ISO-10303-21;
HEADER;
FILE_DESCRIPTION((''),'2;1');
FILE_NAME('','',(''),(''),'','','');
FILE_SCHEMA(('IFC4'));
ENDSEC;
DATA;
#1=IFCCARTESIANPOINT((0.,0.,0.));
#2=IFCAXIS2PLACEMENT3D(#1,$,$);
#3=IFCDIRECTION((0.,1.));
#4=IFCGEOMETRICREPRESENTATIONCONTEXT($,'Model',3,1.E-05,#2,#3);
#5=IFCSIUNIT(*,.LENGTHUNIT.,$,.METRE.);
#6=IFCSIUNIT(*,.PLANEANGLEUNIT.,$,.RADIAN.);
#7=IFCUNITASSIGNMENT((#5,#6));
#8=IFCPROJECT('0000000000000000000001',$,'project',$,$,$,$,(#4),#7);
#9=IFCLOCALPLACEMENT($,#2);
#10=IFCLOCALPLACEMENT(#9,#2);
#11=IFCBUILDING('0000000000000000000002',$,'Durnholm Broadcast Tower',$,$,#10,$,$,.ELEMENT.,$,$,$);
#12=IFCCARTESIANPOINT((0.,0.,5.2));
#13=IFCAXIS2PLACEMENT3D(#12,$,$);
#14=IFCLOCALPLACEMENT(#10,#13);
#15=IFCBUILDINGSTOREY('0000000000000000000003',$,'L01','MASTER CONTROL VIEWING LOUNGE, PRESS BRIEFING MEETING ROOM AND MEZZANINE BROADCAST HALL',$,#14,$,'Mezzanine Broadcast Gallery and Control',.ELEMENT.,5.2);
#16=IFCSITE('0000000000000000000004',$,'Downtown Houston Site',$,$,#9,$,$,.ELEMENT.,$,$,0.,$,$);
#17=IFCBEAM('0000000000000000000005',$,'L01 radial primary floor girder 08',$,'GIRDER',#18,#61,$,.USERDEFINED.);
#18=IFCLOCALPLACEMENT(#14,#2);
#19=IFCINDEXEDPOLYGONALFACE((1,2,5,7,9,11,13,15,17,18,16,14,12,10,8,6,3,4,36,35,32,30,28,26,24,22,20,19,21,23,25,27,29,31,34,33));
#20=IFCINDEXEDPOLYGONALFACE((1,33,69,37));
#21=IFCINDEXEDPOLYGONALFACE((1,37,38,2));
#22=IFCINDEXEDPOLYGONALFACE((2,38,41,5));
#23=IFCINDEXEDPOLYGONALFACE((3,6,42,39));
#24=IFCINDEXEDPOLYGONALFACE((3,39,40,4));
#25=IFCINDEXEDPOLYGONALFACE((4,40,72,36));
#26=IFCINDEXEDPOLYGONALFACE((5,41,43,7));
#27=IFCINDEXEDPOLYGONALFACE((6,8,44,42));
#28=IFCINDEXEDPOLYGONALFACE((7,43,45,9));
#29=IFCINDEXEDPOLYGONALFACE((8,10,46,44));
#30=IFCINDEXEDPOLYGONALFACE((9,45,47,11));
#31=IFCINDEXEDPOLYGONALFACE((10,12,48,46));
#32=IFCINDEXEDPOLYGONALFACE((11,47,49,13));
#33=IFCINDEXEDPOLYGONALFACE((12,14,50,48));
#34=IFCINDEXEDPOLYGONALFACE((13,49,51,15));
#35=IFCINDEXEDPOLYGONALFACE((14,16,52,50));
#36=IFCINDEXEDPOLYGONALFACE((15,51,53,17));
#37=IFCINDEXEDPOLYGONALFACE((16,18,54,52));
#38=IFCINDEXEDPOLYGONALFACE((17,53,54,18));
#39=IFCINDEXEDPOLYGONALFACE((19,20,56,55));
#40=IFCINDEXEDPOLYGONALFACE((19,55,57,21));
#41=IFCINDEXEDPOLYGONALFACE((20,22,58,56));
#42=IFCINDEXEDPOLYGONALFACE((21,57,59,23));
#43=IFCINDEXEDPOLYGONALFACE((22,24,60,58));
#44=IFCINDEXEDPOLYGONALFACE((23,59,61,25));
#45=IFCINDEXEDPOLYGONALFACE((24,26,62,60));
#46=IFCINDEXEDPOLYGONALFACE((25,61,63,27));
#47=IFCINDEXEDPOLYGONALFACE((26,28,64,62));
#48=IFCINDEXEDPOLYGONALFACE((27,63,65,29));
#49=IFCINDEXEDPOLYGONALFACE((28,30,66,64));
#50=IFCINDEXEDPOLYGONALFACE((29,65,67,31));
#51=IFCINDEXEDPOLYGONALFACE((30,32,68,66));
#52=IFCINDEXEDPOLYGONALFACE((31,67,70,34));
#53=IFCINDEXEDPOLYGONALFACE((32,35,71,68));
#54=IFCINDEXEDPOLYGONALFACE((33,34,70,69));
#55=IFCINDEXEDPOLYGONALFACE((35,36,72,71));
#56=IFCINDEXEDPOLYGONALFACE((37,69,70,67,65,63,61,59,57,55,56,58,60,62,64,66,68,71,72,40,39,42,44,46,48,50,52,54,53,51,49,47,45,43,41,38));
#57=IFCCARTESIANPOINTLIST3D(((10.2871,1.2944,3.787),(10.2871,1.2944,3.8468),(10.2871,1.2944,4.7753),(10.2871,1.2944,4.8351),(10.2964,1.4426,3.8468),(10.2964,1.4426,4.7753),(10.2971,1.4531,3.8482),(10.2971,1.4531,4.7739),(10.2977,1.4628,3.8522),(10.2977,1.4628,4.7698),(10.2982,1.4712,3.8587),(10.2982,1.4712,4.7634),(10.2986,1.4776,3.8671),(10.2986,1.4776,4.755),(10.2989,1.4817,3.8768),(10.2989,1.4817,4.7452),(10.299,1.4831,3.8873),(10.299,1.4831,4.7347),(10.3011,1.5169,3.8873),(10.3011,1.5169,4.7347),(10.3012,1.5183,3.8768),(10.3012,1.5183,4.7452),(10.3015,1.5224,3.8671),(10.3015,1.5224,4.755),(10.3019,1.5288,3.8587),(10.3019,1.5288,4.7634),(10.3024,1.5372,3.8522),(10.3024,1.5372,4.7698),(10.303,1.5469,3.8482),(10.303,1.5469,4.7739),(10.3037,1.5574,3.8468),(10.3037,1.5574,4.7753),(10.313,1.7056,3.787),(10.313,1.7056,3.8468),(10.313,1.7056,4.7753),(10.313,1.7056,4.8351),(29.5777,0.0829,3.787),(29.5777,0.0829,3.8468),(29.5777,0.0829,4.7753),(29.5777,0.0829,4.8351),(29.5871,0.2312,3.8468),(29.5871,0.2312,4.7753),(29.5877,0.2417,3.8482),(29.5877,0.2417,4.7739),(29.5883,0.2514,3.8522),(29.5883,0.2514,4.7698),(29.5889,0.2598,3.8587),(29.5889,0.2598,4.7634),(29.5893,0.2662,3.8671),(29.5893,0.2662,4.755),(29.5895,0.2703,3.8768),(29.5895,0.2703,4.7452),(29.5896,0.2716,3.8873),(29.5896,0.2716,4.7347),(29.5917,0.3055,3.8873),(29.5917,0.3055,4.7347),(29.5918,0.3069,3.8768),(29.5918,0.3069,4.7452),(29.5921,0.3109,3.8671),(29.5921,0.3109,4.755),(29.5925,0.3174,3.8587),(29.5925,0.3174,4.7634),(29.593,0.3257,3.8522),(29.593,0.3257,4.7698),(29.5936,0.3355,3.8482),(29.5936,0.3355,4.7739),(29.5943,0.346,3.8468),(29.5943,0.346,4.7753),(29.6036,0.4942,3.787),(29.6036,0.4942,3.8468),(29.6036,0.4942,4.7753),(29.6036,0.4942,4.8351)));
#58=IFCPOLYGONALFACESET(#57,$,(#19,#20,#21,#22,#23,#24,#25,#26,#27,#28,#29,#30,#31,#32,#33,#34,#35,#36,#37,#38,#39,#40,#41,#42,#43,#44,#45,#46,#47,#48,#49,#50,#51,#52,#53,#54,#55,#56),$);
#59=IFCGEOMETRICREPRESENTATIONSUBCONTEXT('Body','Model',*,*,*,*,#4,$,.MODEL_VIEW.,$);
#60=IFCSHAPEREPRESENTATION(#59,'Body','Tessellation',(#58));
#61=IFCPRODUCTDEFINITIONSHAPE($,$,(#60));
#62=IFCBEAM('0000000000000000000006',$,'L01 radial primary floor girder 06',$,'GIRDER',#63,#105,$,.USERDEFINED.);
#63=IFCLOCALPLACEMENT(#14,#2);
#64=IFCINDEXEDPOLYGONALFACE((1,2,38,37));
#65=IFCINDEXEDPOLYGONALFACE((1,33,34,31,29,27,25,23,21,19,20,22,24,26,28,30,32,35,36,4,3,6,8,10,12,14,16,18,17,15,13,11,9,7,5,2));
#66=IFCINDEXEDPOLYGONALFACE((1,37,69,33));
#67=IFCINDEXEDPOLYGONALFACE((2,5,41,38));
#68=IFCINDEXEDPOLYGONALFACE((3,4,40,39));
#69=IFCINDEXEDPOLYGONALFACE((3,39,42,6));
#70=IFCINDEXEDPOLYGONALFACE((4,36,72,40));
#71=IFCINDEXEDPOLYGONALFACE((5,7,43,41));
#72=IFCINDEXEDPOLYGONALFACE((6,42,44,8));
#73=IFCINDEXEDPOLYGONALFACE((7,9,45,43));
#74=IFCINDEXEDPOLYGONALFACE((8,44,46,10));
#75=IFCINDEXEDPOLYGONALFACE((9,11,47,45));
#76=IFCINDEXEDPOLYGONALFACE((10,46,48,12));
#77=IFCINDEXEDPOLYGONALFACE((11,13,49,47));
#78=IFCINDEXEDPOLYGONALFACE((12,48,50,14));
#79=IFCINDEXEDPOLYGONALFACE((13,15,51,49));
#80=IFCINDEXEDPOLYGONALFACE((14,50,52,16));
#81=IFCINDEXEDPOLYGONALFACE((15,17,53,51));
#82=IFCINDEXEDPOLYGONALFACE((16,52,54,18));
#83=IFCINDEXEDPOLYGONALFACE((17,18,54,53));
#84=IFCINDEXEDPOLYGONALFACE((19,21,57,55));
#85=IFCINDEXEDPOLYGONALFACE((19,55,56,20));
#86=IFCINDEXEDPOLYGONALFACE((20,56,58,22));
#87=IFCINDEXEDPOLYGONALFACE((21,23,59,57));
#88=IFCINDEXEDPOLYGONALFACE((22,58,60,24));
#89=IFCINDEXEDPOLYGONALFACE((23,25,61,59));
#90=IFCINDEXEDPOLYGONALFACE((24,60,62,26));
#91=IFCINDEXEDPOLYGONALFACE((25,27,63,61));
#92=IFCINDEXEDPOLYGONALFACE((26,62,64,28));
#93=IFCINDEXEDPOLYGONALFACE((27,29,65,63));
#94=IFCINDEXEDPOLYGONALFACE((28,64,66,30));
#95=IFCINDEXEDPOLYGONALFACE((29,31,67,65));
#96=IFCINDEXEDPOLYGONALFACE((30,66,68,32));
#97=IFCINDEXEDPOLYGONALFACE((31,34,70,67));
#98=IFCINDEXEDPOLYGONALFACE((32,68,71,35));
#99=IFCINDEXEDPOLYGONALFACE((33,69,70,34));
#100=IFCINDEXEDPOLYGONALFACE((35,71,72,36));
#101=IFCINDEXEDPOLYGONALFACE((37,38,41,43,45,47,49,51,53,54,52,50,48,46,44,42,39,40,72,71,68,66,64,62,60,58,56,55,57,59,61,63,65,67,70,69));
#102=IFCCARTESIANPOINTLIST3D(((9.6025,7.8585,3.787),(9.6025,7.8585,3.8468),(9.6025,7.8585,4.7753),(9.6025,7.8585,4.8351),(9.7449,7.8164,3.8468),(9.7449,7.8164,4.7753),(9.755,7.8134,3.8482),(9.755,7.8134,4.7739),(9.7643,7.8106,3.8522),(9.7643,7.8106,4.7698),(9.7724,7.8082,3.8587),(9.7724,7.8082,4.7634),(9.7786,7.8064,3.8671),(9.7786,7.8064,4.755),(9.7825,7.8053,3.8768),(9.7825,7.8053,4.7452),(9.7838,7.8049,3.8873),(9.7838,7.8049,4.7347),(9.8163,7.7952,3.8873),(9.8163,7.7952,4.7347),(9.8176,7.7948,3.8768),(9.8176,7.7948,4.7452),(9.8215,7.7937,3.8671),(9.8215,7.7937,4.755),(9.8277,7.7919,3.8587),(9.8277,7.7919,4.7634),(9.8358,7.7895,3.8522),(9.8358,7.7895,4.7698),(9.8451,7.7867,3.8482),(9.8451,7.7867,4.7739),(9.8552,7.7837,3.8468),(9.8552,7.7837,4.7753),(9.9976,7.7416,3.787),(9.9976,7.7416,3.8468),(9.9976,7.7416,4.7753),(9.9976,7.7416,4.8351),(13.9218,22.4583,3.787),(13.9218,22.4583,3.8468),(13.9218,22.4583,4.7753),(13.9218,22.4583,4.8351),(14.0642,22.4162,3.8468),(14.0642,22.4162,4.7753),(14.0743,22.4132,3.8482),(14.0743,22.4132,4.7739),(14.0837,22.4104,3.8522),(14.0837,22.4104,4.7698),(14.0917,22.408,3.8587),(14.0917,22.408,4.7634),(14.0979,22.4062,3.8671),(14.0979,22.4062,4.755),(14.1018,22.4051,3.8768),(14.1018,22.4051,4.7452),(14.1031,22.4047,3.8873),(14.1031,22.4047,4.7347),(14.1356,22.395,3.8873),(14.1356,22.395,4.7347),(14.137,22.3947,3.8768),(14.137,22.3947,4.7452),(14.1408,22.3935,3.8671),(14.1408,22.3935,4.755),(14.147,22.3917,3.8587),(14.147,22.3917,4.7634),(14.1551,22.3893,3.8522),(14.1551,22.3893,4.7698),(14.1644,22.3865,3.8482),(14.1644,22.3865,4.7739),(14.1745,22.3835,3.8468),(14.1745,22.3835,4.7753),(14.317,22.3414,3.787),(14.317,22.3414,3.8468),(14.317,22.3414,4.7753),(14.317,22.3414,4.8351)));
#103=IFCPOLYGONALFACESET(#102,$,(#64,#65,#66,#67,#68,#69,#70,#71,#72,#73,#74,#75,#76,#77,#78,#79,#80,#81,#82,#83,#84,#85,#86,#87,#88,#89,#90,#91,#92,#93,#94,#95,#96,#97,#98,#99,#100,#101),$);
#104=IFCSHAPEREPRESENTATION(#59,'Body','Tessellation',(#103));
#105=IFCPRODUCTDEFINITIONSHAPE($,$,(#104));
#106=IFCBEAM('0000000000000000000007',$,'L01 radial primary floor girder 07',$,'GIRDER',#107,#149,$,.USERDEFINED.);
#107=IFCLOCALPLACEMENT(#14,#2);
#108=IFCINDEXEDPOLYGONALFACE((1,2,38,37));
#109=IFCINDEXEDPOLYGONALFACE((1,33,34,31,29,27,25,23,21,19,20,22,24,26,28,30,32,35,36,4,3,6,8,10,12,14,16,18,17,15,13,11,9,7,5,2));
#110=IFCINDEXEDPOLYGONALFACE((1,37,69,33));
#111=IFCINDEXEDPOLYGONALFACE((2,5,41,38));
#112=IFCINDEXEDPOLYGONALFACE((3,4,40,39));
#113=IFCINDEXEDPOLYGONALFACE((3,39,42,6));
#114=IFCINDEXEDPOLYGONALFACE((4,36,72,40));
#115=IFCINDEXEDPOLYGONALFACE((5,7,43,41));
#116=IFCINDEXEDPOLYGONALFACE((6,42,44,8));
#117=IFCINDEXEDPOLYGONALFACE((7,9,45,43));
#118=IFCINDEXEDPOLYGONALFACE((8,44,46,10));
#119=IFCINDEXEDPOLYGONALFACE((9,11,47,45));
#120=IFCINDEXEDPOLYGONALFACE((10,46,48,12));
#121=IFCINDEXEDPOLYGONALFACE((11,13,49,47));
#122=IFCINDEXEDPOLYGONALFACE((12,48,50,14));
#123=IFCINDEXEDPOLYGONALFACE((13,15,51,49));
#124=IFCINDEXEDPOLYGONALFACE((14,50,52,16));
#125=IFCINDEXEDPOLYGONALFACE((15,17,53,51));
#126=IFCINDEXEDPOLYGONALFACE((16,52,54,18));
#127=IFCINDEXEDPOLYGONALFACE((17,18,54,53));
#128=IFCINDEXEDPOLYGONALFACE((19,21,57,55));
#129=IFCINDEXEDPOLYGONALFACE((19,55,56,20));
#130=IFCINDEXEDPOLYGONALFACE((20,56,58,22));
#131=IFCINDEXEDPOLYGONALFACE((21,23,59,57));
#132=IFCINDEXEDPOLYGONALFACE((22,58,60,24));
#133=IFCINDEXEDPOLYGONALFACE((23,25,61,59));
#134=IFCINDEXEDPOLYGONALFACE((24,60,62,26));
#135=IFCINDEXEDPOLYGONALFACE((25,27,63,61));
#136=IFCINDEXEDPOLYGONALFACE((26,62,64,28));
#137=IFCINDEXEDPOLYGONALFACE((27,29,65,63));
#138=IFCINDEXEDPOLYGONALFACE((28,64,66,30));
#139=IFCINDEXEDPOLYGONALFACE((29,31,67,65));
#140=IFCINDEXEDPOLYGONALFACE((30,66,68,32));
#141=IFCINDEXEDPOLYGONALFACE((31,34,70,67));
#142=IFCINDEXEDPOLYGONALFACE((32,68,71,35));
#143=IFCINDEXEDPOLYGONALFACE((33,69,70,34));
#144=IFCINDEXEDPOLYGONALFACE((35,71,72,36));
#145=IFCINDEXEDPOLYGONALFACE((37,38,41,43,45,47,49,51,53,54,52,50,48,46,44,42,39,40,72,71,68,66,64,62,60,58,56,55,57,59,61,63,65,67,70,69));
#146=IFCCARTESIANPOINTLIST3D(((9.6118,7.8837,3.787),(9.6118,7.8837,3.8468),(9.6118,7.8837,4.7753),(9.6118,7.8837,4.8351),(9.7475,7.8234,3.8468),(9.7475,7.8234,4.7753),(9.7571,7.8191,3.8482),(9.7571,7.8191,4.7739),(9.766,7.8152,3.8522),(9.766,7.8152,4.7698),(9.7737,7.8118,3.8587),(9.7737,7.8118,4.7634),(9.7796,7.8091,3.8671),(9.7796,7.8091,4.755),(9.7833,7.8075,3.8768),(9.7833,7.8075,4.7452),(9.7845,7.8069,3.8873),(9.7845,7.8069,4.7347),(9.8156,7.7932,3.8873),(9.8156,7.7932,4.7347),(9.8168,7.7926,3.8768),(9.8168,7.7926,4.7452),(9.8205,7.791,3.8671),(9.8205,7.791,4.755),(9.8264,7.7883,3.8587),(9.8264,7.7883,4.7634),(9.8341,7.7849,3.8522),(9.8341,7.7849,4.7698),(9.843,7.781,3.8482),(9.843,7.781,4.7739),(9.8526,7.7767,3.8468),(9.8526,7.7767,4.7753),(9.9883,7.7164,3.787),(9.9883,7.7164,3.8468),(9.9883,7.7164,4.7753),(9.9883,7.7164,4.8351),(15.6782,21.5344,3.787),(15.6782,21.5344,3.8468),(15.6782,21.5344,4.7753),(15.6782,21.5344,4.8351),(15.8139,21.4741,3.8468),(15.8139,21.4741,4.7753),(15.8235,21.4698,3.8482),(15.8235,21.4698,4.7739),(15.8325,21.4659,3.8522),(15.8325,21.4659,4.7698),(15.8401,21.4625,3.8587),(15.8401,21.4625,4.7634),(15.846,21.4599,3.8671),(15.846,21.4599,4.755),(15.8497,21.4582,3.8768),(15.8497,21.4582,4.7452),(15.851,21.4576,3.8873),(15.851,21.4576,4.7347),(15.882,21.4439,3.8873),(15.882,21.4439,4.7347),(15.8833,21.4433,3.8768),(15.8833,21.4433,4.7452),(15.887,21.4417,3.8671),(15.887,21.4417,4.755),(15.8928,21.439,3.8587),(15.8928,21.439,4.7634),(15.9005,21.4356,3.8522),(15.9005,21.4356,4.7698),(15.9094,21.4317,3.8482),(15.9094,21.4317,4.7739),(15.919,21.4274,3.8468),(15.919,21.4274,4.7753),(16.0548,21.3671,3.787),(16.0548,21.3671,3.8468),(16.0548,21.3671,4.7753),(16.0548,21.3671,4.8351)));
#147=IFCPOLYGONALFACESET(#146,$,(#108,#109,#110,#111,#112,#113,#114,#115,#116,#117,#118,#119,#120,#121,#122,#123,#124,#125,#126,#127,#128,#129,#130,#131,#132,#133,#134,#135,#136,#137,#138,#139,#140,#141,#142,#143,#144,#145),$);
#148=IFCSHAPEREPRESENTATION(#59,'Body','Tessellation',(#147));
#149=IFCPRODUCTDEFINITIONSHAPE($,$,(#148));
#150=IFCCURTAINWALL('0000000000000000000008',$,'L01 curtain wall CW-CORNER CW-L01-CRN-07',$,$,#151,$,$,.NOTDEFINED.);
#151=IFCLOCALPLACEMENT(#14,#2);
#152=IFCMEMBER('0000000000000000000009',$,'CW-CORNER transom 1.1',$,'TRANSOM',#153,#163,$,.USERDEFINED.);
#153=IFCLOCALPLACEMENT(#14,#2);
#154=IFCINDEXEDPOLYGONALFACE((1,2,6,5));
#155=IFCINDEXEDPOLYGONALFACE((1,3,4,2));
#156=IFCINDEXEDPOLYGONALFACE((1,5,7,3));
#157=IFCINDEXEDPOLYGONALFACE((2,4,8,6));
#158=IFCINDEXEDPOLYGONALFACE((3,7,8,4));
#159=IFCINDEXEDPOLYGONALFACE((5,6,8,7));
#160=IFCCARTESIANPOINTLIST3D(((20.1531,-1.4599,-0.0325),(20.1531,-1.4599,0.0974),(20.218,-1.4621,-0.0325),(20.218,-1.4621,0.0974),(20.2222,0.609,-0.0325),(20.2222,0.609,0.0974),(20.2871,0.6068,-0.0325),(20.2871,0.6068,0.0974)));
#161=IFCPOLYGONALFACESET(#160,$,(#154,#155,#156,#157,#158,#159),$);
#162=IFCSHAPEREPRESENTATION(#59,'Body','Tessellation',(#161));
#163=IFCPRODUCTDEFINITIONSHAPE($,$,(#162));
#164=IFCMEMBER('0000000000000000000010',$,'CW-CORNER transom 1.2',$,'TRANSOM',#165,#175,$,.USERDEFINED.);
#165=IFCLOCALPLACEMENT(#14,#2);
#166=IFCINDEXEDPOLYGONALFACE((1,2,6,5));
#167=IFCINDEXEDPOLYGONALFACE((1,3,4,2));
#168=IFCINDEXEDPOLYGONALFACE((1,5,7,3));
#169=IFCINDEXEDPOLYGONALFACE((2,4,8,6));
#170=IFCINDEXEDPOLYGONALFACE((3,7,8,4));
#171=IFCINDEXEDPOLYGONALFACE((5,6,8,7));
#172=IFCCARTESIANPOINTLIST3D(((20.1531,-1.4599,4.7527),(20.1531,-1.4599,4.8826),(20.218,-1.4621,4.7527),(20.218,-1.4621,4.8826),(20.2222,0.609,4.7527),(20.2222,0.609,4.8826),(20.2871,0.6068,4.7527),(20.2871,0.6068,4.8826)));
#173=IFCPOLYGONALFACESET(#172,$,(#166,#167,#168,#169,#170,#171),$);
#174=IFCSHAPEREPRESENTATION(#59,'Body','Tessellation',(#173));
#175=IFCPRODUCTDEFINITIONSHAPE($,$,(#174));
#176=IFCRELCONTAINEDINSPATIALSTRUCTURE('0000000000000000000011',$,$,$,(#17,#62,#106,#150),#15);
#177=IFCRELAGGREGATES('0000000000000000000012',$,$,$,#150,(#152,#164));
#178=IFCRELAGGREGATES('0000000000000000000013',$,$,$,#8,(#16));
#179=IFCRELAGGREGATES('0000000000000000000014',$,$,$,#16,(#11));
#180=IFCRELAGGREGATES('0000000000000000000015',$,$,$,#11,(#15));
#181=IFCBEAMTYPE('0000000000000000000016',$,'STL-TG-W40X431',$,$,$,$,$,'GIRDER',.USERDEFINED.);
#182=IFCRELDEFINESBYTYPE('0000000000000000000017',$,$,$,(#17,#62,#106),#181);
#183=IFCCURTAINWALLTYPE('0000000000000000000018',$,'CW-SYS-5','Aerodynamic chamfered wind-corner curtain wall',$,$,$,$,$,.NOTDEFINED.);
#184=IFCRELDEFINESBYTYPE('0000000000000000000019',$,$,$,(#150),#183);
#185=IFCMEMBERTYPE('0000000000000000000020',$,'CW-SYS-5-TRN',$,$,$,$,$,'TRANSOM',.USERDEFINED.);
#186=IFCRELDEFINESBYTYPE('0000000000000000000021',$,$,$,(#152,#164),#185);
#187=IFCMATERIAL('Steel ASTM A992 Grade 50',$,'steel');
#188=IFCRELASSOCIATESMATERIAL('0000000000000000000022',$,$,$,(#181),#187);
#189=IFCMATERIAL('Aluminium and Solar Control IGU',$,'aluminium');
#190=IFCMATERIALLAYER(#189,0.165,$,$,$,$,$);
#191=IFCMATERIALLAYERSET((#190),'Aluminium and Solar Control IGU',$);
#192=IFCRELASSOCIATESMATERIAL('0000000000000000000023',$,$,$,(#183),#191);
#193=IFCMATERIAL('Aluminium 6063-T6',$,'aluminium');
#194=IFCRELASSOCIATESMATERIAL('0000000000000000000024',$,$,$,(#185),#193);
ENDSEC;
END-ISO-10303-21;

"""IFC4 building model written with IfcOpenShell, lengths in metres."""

from ifc_helpers import new_model, si_unit, direction, frame, origin, origin_2d, place, context, subcontext, project, spatial, rectangle, i_section, extrude, source, transform, mapped, material, layer, layer_set, material_profile, profile_set, type_object, type_shapes, element, aggregate, save


model = new_model("IFC4")

# Units and contexts
model_context = context("Model", 3, precision=1e-05, world=origin(), true_north=direction((0.0, 1.0)))
body_context = subcontext(model_context, "Body", "Model", "MODEL_VIEW")
ifc_project = project(units=[si_unit("LENGTHUNIT", "METRE"), si_unit("PLANEANGLEUNIT", "RADIAN")], contexts=[model_context])

# Site, building, storey
site_placement = place(None, origin())
site = spatial("IfcSite", under=ifc_project, at=site_placement, Name="Downtown Houston Site", CompositionType="ELEMENT", RefElevation=0.0)
building_placement = place(site_placement, origin())
building = spatial("IfcBuilding", under=site, at=building_placement, Name="Durnholm Broadcast Tower", CompositionType="ELEMENT")
storey_placement = place(building_placement, frame((0.0, 0.0, 5.2)))
storey = spatial("IfcBuildingStorey", under=building, at=storey_placement, Name="L01", Description="MASTER CONTROL VIEWING LOUNGE, PRESS BRIEFING MEETING ROOM AND MEZZANINE BROADCAST HALL", LongName="Mezzanine Broadcast Gallery and Control", CompositionType="ELEMENT", Elevation=5.2)

# Shared definitions
ifc_material_1 = material(Name="Steel ASTM A992 Grade 50", Category="steel")

# Beams
ifc_material_profile_1 = material_profile(ifc_material_1, i_section(OverallWidth=0.4121, OverallDepth=1.0481, WebThickness=0.0339, FlangeThickness=0.0598, FilletRadius=0.0405, at=origin_2d()), Name="W40X431")
ifc_profile_set_1 = profile_set([ifc_material_profile_1], Name="Steel ASTM A992 Grade 50")
beam_type_1 = type_object("IfcBeamType", Name="STL-TG-W40X431", ElementType="GIRDER", PredefinedType="USERDEFINED", material=ifc_profile_set_1)
shared_shape_1 = source(origin(), body_context, "Body", "SweptSolid", [
    extrude(i_section(OverallWidth=0.4121, OverallDepth=1.0481, WebThickness=0.0339, FlangeThickness=0.0598, FilletRadius=0.0405, at=origin_2d()), origin(), (0.0, 0.0, 1.0), 19.3286),
])
beam_1_placement = place(storey_placement, frame((10.3, 1.5, 4.311), z_axis=(0.998034, -0.062676, 0.0), x_axis=(0.062676, 0.998034, 0.0)))
element("IfcBeam", 1, at=beam_1_placement, inside=storey, type_object=beam_type_1, Name="L01 radial primary floor girder 08", ObjectType="GIRDER", PredefinedType="USERDEFINED", context=body_context, shape_type="MappedRepresentation", body=[
    mapped(shared_shape_1, transform((0.0, 0.0, 0.0), x_axis=(1.0, 0.0, 0.0), y_axis=(0.0, 1.0, 0.0), z_axis=(0.0, 0.0, 1.0), scale=1.0)),
])
shared_shape_2 = source(origin(), body_context, "Body", "SweptSolid", [
    extrude(i_section(OverallWidth=0.4121, OverallDepth=1.0481, WebThickness=0.0339, FlangeThickness=0.0598, FilletRadius=0.0405, at=origin_2d()), origin(), (0.0, 0.0, 1.0), 15.2253),
])
beam_2_placement = place(storey_placement, frame((9.8, 7.8, 4.311), z_axis=(0.283693, 0.958915, 0.0), x_axis=(-0.958915, 0.283693, 0.0)))
element("IfcBeam", 2, at=beam_2_placement, inside=storey, type_object=beam_type_1, Name="L01 radial primary floor girder 06", ObjectType="GIRDER", PredefinedType="USERDEFINED", context=body_context, shape_type="MappedRepresentation", body=[
    mapped(shared_shape_2, transform((0.0, 0.0, 0.0), x_axis=(1.0, 0.0, 0.0), y_axis=(0.0, 1.0, 0.0), z_axis=(0.0, 0.0, 1.0), scale=1.0)),
])
shared_shape_3 = source(origin(), body_context, "Body", "SweptSolid", [
    extrude(i_section(OverallWidth=0.4121, OverallDepth=1.0481, WebThickness=0.0339, FlangeThickness=0.0598, FilletRadius=0.0405, at=origin_2d()), origin(), (0.0, 0.0, 1.0), 14.938),
])
type_shapes(beam_type_1, [shared_shape_1, shared_shape_2, shared_shape_3])
beam_3_placement = place(storey_placement, frame((9.8, 7.8, 4.311), z_axis=(0.406108, 0.913825, 0.0), x_axis=(-0.913825, 0.406108, 0.0)))
element("IfcBeam", 3, at=beam_3_placement, inside=storey, type_object=beam_type_1, Name="L01 radial primary floor girder 07", ObjectType="GIRDER", PredefinedType="USERDEFINED", context=body_context, shape_type="MappedRepresentation", body=[
    mapped(shared_shape_3, transform((0.0, 0.0, 0.0), x_axis=(1.0, 0.0, 0.0), y_axis=(0.0, 1.0, 0.0), z_axis=(0.0, 0.0, 1.0), scale=1.0)),
])

# Curtain wall, members
ifc_material_2 = material(Name="Aluminium and Solar Control IGU", Category="aluminium")
ifc_layer_1 = layer(ifc_material_2, 0.165)
ifc_layer_set_1 = layer_set([ifc_layer_1], Name="Aluminium and Solar Control IGU")
curtain_wall_type_1 = type_object("IfcCurtainWallType", Name="CW-SYS-5", Description="Aerodynamic chamfered wind-corner curtain wall", PredefinedType="NOTDEFINED", material=ifc_layer_set_1)
curtain_wall_1_placement = place(storey_placement, origin())
curtain_wall_1 = element("IfcCurtainWall", 4, at=curtain_wall_1_placement, inside=storey, type_object=curtain_wall_type_1, Name="L01 curtain wall CW-CORNER CW-L01-CRN-07", PredefinedType="NOTDEFINED")
ifc_material_3 = material(Name="Aluminium 6063-T6", Category="aluminium")
ifc_material_profile_2 = material_profile(ifc_material_3, rectangle(XDim=0.0649, YDim=0.1299, at=origin_2d()), Name="CWT65X130")
ifc_profile_set_2 = profile_set([ifc_material_profile_2], Name="Aluminium 6063-T6")
member_type_1 = type_object("IfcMemberType", Name="CW-SYS-5-TRN", ElementType="TRANSOM", PredefinedType="USERDEFINED", material=ifc_profile_set_2)
shared_shape_4 = source(origin(), body_context, "Body", "SweptSolid", [
    extrude(rectangle(XDim=0.0649, YDim=0.1299, at=origin_2d()), origin(), (0.0, 0.0, 1.0), 2.0701),
])
type_shapes(member_type_1, [shared_shape_4])
member_1_placement = place(storey_placement, frame((20.2546, 0.6079, 0.0325), z_axis=(-0.033378, -0.999443, 0.0), x_axis=(0.999443, -0.033378, 0.0)))
member_1 = element("IfcMember", 5, at=member_1_placement, type_object=member_type_1, Name="CW-CORNER transom 1.1", ObjectType="TRANSOM", PredefinedType="USERDEFINED", context=body_context, shape_type="MappedRepresentation", body=[
    mapped(shared_shape_4, transform((0.0, 0.0, 0.0), x_axis=(1.0, 0.0, 0.0), y_axis=(0.0, 1.0, 0.0), z_axis=(0.0, 0.0, 1.0), scale=1.0)),
])
member_2_placement = place(storey_placement, frame((20.2546, 0.6079, 4.8176), z_axis=(-0.033378, -0.999443, 0.0), x_axis=(0.999443, -0.033378, 0.0)))
member_2 = element("IfcMember", 6, at=member_2_placement, type_object=member_type_1, Name="CW-CORNER transom 1.2", ObjectType="TRANSOM", PredefinedType="USERDEFINED", context=body_context, shape_type="MappedRepresentation", body=[
    mapped(shared_shape_4, transform((0.0, 0.0, 0.0), x_axis=(1.0, 0.0, 0.0), y_axis=(0.0, 1.0, 0.0), z_axis=(0.0, 0.0, 1.0), scale=1.0)),
])

aggregate(curtain_wall_1, [member_1, member_2])

save(model, "model.ifc")
